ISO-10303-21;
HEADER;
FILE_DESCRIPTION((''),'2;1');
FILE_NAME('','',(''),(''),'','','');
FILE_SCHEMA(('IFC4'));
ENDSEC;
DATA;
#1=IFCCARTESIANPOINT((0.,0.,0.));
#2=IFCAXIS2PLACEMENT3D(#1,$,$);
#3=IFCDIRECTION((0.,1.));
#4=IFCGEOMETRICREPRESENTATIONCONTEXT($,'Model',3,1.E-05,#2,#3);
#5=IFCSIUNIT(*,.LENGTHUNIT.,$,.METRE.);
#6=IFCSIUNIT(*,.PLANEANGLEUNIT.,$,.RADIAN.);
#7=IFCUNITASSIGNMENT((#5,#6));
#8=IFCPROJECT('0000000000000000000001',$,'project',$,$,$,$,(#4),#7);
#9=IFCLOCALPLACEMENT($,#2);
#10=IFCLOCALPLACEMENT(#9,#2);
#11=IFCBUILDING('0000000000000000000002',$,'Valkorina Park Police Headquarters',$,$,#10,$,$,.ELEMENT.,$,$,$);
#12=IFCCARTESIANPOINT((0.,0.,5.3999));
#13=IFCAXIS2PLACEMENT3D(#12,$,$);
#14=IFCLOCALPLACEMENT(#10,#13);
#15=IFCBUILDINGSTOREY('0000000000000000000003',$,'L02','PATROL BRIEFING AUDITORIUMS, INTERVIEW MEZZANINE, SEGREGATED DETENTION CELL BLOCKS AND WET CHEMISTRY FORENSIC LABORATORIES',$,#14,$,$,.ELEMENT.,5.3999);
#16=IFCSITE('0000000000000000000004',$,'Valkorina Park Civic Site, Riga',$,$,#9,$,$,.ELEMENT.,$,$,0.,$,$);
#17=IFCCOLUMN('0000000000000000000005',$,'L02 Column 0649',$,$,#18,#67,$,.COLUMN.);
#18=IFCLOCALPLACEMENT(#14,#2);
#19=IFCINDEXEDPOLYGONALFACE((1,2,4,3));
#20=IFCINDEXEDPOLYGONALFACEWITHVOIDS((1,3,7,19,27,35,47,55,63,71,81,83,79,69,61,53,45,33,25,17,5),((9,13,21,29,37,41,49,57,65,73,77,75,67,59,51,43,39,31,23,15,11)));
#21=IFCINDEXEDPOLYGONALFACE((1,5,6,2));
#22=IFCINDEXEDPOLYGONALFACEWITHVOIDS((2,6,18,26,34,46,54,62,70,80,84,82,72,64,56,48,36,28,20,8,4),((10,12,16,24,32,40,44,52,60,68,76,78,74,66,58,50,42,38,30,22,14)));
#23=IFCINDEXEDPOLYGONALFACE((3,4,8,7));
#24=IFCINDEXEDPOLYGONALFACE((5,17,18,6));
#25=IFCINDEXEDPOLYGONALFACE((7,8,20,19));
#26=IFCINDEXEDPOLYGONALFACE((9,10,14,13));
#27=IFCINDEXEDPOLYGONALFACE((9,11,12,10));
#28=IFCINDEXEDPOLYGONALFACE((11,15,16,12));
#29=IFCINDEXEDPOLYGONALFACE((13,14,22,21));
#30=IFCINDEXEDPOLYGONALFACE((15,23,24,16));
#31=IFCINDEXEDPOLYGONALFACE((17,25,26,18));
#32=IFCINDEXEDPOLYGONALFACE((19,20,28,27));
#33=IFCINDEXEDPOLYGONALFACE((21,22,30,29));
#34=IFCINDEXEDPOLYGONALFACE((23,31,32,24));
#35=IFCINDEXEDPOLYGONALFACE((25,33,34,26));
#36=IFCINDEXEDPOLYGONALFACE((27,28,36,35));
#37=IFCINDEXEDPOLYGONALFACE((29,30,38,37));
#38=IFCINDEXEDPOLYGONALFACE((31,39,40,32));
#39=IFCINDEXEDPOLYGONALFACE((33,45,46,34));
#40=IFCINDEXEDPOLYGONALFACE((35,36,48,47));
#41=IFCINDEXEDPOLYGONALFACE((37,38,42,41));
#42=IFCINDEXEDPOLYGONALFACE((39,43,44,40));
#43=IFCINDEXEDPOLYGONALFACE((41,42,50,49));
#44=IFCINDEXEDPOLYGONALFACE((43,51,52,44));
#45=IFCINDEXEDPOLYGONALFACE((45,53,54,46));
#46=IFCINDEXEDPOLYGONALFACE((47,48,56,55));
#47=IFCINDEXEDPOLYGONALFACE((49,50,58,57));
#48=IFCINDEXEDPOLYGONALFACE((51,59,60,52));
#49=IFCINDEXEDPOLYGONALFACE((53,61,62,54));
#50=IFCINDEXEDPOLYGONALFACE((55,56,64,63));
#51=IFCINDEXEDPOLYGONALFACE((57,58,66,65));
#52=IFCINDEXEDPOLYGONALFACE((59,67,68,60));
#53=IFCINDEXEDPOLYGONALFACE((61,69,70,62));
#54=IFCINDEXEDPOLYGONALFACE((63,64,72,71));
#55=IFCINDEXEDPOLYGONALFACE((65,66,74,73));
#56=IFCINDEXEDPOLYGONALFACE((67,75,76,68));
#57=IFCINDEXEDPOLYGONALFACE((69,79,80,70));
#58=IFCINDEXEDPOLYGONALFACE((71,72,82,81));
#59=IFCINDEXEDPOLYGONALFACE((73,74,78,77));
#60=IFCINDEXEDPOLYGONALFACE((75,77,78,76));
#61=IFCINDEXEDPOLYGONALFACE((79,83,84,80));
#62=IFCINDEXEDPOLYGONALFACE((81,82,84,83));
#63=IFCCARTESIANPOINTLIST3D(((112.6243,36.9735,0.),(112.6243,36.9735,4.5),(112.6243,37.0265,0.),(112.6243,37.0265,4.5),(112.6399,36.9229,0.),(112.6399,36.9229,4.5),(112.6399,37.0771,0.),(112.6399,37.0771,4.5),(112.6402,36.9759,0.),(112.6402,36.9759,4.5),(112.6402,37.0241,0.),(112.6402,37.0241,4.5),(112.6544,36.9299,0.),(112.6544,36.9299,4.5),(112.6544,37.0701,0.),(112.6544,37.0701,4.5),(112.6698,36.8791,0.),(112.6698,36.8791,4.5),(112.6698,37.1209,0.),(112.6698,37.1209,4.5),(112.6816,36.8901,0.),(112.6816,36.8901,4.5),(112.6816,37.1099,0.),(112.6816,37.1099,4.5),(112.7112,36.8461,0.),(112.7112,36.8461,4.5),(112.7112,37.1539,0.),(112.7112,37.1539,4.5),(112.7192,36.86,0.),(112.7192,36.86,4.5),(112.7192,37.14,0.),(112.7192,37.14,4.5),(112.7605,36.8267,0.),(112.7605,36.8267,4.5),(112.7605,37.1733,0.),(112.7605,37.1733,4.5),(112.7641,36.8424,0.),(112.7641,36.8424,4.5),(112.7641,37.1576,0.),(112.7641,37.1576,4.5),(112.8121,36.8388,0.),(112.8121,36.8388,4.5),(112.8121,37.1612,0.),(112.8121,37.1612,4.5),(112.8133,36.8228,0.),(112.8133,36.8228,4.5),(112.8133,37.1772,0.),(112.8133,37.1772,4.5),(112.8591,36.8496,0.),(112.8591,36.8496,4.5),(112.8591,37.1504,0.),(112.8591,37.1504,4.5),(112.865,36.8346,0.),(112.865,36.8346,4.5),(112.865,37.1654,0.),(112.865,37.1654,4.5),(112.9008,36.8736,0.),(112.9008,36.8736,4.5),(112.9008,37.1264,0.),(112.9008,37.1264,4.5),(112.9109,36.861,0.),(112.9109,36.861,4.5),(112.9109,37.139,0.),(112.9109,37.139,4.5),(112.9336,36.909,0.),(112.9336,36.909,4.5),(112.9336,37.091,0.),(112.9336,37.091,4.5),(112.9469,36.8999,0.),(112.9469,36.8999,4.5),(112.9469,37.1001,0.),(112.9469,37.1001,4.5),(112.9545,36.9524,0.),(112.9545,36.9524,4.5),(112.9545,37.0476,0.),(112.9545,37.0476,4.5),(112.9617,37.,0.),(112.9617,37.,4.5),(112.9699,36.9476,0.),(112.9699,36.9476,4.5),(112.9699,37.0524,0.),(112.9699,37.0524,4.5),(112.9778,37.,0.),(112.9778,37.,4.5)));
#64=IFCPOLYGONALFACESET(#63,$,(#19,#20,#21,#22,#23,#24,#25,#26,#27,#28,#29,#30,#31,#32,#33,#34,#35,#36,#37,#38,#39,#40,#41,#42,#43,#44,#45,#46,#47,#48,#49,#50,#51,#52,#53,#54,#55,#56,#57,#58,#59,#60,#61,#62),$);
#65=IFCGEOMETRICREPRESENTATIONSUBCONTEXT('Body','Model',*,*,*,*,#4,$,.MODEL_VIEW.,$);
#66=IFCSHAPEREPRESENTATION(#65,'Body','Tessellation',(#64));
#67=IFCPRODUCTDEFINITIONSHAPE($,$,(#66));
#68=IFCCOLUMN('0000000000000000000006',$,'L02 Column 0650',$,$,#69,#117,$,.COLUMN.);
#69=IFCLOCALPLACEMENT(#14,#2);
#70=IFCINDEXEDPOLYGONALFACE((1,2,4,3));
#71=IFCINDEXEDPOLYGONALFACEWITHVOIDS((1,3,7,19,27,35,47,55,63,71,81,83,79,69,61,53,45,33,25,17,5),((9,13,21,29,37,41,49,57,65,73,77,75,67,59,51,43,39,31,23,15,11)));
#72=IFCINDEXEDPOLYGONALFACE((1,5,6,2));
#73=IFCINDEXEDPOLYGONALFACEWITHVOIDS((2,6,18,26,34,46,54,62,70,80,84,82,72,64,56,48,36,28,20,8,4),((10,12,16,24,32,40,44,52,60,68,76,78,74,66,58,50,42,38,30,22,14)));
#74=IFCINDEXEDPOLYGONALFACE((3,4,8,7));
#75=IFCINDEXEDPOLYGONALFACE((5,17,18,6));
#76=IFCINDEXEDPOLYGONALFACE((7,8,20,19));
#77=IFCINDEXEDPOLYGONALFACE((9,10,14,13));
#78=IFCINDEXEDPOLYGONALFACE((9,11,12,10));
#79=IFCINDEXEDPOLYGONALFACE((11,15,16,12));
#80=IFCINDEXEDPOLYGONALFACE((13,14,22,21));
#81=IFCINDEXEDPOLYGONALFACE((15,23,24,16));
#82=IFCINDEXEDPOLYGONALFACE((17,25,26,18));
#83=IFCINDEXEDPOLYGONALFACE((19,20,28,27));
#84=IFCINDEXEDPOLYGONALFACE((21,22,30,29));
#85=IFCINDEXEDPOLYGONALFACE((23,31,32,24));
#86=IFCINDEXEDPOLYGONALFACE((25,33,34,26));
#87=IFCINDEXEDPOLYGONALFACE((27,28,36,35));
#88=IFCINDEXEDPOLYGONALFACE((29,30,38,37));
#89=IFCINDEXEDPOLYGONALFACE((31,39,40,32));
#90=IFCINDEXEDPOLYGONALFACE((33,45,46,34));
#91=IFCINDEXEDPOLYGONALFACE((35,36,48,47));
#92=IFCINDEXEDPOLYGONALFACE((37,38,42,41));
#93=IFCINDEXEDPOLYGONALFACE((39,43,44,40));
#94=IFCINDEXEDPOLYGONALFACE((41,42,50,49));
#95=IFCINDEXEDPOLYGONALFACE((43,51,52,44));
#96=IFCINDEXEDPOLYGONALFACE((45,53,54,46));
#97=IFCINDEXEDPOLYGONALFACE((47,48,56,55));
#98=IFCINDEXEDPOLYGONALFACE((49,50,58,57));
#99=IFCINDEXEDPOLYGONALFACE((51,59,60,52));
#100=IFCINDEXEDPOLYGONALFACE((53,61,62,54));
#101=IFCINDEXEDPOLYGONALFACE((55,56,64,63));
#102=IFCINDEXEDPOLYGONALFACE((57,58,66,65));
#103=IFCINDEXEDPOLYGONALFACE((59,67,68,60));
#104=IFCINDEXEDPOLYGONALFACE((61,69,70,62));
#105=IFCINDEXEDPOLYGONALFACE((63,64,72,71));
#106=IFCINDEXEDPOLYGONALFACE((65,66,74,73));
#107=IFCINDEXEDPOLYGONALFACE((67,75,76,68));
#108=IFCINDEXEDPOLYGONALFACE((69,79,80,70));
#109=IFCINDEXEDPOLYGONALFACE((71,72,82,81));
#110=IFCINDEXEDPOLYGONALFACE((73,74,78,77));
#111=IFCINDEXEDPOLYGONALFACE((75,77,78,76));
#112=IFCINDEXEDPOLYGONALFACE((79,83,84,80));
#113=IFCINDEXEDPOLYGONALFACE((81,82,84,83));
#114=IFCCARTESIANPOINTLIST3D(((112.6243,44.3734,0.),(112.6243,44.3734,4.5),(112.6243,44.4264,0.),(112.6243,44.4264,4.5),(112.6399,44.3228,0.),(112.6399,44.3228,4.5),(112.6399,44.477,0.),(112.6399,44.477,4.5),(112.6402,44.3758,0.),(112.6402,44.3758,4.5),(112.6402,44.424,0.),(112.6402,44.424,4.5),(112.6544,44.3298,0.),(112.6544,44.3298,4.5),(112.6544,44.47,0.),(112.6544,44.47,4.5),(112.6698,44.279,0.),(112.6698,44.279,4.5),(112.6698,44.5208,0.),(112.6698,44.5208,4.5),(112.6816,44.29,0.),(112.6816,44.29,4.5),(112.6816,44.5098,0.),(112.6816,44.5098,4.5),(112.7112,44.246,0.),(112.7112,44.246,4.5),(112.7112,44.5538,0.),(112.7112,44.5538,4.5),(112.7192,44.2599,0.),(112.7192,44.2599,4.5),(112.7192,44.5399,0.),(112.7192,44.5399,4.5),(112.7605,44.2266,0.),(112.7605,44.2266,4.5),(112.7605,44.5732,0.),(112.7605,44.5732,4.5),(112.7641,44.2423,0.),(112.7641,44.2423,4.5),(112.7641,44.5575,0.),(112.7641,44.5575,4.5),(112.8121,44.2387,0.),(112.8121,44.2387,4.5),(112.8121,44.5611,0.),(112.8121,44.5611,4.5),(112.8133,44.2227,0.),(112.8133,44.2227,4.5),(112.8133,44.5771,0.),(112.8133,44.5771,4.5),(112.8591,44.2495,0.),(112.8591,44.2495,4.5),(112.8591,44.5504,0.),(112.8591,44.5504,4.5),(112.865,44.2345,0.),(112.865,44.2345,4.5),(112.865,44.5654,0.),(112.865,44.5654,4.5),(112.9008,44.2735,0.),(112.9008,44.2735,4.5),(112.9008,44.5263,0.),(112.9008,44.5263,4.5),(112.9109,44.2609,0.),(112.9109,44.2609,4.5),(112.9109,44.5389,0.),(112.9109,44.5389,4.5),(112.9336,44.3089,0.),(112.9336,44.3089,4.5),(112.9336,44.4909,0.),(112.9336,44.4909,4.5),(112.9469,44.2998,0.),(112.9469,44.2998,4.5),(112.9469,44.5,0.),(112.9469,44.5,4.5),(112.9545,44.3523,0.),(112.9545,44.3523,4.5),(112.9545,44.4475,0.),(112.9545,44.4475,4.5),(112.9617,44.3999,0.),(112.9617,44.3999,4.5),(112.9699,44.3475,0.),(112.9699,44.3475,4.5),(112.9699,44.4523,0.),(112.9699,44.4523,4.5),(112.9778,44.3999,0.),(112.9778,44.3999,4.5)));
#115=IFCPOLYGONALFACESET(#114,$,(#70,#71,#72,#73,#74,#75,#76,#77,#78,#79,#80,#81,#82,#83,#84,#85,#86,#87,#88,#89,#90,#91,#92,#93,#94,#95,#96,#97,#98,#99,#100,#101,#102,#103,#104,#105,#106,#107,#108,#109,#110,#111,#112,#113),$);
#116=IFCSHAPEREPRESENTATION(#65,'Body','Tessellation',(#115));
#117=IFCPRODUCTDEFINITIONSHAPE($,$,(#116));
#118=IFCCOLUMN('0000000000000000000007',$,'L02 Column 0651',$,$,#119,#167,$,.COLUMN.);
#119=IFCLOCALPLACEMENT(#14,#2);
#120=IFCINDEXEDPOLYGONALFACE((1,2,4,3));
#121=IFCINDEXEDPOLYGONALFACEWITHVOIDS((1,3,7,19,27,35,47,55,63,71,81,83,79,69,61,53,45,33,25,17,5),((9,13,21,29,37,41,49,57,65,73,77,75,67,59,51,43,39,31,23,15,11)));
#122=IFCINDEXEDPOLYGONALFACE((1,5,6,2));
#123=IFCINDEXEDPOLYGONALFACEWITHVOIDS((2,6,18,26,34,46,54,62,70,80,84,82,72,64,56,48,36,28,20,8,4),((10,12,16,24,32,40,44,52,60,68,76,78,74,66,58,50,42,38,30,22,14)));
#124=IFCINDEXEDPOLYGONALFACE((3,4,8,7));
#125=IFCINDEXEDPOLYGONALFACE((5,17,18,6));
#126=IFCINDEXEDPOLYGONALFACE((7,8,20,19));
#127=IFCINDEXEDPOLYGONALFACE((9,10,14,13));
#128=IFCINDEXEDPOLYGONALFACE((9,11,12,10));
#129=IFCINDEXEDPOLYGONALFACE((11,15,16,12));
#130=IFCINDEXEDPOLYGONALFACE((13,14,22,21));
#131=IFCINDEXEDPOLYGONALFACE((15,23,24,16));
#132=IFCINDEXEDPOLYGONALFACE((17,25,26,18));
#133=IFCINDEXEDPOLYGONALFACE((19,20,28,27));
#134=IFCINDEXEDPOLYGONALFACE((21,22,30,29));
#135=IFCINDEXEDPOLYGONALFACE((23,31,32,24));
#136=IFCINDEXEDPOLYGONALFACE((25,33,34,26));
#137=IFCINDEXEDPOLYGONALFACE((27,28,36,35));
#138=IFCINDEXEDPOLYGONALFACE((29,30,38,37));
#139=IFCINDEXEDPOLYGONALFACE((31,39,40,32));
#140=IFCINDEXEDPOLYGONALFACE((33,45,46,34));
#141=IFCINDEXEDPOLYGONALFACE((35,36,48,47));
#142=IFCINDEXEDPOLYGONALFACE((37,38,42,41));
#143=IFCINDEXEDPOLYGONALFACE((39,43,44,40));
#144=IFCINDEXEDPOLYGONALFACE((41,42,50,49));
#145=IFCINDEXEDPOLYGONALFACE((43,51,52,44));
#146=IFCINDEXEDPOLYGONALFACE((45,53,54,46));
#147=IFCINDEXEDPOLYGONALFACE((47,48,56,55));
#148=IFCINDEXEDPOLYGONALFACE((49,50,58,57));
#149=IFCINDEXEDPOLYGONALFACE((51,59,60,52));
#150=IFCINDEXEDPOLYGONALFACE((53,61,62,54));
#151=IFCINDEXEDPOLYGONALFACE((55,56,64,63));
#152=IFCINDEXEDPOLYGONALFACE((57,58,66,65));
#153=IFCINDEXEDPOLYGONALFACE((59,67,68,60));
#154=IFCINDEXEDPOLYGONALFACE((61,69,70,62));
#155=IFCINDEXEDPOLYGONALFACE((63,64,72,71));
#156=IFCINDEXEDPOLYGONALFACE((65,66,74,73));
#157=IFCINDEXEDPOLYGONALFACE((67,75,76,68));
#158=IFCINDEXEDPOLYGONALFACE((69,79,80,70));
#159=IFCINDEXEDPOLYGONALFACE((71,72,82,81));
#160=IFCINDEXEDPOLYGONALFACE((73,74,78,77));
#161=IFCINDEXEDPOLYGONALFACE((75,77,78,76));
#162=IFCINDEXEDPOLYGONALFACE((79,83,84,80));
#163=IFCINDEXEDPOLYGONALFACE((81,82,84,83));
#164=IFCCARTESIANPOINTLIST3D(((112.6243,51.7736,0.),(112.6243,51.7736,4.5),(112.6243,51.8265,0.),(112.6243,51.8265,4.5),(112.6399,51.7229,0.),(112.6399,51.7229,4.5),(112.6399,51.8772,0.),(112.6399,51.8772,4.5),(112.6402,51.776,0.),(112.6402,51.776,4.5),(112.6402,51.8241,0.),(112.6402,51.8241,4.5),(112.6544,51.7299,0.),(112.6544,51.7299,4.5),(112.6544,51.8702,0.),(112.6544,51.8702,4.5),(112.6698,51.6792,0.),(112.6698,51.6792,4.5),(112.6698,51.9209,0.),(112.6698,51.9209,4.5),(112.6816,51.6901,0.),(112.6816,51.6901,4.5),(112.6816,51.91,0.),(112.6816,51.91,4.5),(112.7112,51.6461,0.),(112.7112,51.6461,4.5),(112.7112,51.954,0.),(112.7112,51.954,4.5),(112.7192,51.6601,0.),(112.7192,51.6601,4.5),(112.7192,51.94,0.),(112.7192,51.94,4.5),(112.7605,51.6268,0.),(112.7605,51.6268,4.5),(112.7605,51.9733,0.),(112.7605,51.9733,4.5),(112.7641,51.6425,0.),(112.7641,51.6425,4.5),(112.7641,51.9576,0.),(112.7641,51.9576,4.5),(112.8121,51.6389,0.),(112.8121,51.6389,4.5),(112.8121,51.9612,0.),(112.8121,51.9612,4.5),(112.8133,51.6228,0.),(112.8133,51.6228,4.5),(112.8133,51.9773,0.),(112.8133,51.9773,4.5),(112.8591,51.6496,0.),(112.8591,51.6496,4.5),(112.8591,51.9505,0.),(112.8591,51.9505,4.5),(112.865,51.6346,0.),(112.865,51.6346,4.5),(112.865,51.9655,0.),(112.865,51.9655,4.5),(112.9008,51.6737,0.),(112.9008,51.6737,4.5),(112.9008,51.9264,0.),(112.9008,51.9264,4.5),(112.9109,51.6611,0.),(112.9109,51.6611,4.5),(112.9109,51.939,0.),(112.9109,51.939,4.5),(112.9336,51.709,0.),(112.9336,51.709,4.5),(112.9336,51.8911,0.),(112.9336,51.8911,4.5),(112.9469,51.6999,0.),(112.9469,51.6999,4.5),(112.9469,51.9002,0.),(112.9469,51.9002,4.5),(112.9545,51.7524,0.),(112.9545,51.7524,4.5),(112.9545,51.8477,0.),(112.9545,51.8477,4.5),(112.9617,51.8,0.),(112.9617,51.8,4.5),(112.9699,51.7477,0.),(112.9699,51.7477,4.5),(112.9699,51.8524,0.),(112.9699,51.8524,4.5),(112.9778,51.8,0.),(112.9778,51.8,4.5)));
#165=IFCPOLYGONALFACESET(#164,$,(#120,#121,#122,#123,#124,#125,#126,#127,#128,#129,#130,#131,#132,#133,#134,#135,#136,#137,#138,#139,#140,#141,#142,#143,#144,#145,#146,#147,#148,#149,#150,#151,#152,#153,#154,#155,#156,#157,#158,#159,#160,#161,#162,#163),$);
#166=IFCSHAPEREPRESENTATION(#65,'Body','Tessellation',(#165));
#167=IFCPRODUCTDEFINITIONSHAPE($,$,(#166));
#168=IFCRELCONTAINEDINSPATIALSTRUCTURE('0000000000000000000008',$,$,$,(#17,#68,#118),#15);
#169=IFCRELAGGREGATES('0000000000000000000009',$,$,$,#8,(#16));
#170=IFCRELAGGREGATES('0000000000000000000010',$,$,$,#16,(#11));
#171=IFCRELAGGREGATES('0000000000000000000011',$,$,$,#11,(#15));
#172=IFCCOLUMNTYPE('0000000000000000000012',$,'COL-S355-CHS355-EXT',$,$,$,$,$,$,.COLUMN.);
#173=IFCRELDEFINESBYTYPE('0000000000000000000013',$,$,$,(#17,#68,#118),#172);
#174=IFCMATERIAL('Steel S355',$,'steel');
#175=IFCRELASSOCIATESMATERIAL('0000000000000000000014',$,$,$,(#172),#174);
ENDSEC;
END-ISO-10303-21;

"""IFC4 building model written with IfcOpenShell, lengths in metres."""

from ifc_helpers import new_model, si_unit, direction, frame, origin, origin_2d, place, context, subcontext, project, spatial, hollow_circle, extrude, material, material_profile, profile_set, type_object, element, save


model = new_model("IFC4")

# Units and contexts
model_context = context("Model", 3, precision=1e-05, world=origin(), true_north=direction((0.0, 1.0)))
body_context = subcontext(model_context, "Body", "Model", "MODEL_VIEW")
ifc_project = project(units=[si_unit("LENGTHUNIT", "METRE"), si_unit("PLANEANGLEUNIT", "RADIAN")], contexts=[model_context])

# Site, building, storey
site_placement = place(None, origin())
site = spatial("IfcSite", under=ifc_project, at=site_placement, Name="Valkorina Park Civic Site, Riga", CompositionType="ELEMENT", RefElevation=0.0)
building_placement = place(site_placement, origin())
building = spatial("IfcBuilding", under=site, at=building_placement, Name="Valkorina Park Police Headquarters", CompositionType="ELEMENT")
storey_placement = place(building_placement, frame((0.0, 0.0, 5.3999)))
storey = spatial("IfcBuildingStorey", under=building, at=storey_placement, Name="L02", Description="PATROL BRIEFING AUDITORIUMS, INTERVIEW MEZZANINE, SEGREGATED DETENTION CELL BLOCKS AND WET CHEMISTRY FORENSIC LABORATORIES", CompositionType="ELEMENT", Elevation=5.3999)

# Columns
ifc_material_1 = material(Name="Steel S355", Category="steel")
ifc_material_profile = material_profile(ifc_material_1, hollow_circle(Radius=0.1777, WallThickness=0.0161, at=origin_2d()), Name="CHS 355.6x16")
ifc_profile_set = profile_set([ifc_material_profile], Name="Steel S355")
column_type = type_object("IfcColumnType", Name="COL-S355-CHS355-EXT", PredefinedType="COLUMN", material=ifc_profile_set)
for number, where, z_axis, x_axis, name in (
    (1, (112.8, 37.0, 0.0), (0.0, 0.0, 1.0), (1.0, 0.0, 0.0), "L02 Column 0649"),
    (2, (112.8, 44.3999, 0.0), (0.0, 0.0, 1.0), (1.0, 0.0, 0.0), "L02 Column 0650"),
    (3, (112.8, 51.8, 0.0), (0.0, 0.0, 1.0), (1.0, 0.0, 0.0), "L02 Column 0651"),
):
    element("IfcColumn", number, at=place(storey_placement, frame(where, z_axis=z_axis, x_axis=x_axis)), inside=storey, type_object=column_type, Name=name, PredefinedType="COLUMN", context=body_context, shape_type="SweptSolid", body=[
        extrude(hollow_circle(Radius=0.1777, WallThickness=0.0161, at=origin_2d()), origin(), (0.0, 0.0, 1.0), 4.5),
    ])

save(model, "model.ifc")
